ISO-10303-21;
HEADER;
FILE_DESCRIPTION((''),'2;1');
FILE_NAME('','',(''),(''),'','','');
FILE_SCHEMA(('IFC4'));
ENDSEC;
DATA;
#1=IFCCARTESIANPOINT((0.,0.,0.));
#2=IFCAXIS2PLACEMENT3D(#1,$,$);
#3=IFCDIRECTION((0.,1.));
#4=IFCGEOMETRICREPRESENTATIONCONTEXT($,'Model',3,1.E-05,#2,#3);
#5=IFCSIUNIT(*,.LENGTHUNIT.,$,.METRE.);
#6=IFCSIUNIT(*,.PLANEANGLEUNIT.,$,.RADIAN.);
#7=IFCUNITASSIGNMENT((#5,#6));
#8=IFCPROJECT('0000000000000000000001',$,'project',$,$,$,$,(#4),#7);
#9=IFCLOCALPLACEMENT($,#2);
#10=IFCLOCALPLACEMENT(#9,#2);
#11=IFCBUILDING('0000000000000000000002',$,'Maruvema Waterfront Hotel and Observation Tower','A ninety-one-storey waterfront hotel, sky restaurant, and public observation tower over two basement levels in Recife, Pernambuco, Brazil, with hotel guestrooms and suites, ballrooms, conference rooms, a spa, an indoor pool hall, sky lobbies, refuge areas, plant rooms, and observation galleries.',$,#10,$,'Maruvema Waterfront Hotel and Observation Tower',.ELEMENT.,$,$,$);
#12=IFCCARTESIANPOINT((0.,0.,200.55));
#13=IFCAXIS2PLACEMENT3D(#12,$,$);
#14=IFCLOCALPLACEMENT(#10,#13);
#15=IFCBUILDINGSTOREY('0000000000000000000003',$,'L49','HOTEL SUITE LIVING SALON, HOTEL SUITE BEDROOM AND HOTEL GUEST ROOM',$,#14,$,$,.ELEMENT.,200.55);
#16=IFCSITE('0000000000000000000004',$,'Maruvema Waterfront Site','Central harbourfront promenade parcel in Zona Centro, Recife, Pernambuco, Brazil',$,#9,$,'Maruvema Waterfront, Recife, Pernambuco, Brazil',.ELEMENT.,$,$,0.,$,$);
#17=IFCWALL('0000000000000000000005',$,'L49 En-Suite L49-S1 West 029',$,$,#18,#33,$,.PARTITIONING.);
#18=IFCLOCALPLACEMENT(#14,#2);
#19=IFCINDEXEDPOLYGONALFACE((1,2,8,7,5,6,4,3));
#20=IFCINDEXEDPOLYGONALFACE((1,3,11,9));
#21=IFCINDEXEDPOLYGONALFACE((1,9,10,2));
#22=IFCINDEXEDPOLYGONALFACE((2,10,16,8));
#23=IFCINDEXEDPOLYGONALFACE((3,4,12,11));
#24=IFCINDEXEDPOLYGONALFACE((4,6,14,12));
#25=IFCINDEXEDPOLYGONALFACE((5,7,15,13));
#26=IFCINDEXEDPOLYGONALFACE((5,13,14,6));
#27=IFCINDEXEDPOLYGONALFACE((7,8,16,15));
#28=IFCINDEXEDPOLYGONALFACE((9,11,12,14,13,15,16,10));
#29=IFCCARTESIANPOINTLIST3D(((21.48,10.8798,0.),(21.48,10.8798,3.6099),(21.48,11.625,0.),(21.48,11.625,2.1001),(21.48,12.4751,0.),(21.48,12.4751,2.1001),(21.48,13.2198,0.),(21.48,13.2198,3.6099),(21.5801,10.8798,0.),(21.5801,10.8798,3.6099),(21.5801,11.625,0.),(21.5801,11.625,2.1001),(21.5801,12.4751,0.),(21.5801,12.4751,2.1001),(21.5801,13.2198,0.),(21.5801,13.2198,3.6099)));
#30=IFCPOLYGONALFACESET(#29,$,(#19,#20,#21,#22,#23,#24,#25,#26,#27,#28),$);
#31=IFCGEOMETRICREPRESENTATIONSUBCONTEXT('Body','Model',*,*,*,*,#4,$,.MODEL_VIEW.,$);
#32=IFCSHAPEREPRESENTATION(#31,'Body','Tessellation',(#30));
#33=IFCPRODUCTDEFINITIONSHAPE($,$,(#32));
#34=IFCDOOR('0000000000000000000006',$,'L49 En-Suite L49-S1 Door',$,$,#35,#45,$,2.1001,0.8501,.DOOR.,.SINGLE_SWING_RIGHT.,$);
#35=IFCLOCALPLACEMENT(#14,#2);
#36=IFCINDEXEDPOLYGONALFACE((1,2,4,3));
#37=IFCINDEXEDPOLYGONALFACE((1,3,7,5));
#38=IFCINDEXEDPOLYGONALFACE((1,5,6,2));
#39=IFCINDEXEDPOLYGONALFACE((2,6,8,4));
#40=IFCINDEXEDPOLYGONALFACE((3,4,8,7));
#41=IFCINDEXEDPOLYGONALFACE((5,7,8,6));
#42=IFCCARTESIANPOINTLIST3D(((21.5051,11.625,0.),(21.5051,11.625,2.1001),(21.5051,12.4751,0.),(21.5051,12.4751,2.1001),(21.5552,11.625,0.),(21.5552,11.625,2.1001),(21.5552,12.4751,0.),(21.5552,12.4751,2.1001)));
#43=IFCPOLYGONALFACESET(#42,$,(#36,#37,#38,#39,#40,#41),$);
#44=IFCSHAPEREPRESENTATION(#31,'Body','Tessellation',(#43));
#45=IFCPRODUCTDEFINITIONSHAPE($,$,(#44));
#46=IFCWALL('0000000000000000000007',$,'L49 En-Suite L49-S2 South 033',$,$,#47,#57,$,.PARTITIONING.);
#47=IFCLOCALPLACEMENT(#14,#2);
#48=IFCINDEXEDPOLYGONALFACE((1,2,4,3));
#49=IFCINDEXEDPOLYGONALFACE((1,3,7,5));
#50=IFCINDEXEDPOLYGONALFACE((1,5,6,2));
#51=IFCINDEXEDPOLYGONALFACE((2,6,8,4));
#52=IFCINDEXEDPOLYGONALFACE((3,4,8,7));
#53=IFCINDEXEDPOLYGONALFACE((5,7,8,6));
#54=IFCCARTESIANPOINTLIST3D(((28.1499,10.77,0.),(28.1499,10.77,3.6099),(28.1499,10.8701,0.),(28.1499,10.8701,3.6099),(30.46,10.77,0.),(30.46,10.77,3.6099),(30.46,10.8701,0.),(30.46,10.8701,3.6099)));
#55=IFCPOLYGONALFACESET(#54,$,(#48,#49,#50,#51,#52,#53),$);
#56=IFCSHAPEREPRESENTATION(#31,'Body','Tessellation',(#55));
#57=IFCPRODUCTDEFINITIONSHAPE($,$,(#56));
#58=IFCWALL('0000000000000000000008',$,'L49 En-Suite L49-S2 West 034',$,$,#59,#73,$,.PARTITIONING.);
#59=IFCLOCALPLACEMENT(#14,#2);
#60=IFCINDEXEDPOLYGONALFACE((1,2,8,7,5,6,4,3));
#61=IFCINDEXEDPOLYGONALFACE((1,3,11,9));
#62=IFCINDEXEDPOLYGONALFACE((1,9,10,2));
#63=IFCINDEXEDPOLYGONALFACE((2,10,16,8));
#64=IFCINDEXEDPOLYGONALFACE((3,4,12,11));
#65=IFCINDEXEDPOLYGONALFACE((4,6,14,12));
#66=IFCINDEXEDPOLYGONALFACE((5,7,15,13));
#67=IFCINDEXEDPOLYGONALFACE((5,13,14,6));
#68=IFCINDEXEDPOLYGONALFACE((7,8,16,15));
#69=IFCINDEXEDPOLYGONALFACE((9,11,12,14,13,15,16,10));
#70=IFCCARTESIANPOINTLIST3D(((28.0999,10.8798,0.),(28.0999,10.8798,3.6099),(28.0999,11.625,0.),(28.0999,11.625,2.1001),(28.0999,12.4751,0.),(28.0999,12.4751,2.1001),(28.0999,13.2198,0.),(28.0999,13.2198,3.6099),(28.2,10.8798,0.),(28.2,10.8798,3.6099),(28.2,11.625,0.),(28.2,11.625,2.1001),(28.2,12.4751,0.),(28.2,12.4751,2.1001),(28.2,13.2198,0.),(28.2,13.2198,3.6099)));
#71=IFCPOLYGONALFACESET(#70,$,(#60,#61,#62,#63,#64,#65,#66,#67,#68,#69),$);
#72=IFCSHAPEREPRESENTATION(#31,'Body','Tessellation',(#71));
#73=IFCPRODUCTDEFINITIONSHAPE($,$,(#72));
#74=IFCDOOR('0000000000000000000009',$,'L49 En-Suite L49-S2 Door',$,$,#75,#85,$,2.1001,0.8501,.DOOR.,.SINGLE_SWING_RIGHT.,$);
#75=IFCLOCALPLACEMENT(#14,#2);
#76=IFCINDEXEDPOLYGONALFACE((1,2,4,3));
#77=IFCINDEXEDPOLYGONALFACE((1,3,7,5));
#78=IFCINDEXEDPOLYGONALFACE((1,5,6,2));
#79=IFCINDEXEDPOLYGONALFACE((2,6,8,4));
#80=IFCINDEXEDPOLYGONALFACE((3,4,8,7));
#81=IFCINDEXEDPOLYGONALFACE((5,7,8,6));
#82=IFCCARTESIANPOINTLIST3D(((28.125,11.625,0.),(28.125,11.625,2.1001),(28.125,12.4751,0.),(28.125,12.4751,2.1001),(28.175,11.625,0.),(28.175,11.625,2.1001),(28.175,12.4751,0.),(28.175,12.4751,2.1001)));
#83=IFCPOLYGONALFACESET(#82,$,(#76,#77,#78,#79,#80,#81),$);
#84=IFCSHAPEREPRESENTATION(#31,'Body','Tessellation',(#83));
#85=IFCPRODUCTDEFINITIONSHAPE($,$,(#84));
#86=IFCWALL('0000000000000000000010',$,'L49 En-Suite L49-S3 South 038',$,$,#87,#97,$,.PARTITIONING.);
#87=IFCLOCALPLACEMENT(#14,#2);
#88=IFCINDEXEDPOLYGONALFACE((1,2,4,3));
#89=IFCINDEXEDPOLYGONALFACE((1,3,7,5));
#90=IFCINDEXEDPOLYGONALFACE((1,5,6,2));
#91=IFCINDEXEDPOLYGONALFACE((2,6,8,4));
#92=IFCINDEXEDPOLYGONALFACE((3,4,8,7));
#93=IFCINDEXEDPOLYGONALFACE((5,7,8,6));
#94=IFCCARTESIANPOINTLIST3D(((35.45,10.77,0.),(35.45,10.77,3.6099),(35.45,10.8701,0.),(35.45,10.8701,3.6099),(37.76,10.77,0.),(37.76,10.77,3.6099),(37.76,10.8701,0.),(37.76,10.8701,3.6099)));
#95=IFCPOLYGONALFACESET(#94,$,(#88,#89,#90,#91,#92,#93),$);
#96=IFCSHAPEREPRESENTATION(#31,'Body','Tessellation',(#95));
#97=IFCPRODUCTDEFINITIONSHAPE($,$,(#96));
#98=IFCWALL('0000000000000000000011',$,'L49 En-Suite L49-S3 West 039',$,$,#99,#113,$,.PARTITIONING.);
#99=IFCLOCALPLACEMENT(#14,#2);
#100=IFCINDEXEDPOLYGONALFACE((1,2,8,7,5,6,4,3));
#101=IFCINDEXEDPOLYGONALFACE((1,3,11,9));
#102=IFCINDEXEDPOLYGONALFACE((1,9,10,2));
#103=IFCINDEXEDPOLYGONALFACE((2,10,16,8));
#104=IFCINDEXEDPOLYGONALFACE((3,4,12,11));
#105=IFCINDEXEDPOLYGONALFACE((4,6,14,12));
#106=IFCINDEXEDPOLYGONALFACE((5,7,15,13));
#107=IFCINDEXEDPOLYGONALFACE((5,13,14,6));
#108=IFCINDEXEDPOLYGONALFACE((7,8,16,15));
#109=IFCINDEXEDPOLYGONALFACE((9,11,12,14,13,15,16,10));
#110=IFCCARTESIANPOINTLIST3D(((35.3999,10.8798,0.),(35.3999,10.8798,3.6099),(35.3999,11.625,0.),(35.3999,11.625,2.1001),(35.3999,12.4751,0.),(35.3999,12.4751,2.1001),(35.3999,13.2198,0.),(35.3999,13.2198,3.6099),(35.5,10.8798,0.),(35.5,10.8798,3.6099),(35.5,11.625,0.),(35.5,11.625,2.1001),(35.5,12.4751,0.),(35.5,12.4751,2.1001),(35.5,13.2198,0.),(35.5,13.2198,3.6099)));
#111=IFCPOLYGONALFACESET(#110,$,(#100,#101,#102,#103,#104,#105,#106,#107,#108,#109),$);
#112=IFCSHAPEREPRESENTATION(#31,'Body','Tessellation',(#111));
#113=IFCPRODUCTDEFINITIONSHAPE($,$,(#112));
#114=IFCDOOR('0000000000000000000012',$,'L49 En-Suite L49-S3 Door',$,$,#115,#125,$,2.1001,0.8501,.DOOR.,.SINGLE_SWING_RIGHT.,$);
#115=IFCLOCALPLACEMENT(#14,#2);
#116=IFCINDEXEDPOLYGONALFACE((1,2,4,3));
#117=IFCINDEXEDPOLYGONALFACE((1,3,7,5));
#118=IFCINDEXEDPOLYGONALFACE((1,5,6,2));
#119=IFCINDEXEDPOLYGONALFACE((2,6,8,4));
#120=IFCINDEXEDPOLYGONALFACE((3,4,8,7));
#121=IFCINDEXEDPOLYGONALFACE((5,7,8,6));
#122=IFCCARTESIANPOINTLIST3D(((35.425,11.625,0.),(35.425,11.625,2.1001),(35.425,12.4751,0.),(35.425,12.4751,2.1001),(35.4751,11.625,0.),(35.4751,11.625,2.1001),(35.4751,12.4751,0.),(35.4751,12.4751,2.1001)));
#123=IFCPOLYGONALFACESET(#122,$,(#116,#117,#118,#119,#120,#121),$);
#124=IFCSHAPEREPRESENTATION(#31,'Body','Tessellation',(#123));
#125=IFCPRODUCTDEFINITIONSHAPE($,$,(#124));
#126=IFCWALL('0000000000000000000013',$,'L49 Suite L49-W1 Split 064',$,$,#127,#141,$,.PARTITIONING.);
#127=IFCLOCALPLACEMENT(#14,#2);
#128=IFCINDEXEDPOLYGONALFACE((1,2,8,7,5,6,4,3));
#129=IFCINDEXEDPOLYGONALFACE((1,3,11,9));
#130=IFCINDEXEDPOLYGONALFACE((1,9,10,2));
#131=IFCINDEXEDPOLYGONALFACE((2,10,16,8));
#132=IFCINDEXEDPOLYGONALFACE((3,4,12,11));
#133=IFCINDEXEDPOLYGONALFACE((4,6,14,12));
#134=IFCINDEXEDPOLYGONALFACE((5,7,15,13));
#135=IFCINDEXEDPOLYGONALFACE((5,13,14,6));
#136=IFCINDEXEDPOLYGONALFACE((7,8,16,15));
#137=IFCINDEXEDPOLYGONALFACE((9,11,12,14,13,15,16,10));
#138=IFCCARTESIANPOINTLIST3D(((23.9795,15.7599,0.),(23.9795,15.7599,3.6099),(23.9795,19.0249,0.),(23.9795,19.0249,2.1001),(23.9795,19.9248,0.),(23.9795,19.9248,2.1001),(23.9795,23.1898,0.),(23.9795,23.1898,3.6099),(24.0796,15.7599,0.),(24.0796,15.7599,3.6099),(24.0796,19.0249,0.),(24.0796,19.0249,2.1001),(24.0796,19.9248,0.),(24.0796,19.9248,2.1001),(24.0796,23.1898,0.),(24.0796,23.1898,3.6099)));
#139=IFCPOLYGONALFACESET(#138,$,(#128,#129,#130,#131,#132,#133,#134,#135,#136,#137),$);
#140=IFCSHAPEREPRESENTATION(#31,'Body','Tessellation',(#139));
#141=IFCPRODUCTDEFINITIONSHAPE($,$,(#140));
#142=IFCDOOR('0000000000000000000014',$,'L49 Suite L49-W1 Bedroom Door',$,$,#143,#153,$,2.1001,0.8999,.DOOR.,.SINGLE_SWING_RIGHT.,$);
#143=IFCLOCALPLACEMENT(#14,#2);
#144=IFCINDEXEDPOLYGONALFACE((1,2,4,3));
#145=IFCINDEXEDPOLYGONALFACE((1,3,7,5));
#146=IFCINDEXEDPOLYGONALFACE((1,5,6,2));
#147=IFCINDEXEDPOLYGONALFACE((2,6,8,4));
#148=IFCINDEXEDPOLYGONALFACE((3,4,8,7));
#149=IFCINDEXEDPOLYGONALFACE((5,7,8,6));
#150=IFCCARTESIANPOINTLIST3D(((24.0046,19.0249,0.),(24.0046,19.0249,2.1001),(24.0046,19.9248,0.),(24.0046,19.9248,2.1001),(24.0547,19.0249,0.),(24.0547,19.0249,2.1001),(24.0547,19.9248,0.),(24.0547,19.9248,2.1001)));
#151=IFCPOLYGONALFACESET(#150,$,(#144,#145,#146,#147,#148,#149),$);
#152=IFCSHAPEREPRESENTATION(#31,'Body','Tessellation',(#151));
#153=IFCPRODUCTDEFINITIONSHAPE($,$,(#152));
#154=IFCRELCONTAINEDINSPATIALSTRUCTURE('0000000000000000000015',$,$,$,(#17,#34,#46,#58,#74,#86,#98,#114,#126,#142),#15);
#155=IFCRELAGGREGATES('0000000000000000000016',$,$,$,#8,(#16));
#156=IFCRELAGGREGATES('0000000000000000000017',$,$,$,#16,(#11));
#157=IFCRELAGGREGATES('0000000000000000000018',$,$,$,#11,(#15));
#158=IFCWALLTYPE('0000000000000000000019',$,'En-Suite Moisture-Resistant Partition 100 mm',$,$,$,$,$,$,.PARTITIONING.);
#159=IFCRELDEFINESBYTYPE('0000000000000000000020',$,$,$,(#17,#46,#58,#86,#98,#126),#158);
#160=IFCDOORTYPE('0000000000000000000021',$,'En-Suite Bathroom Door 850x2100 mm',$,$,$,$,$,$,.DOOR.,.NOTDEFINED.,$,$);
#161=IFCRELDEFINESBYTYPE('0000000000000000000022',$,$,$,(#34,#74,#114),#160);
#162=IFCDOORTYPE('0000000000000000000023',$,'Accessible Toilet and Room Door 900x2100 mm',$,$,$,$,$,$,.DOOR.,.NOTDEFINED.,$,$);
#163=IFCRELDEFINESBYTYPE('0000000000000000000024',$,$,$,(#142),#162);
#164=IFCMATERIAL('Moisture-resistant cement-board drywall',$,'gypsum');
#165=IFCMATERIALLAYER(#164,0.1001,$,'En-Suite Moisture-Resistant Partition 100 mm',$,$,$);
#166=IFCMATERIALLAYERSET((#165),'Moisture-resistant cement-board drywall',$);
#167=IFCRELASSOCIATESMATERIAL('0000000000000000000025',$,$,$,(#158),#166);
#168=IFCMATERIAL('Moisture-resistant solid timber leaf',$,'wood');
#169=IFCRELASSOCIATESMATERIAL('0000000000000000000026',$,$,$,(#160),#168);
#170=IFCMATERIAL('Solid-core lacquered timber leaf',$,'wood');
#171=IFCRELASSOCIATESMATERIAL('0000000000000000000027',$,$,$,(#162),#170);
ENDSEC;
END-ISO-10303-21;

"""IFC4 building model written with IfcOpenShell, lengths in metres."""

from ifc_helpers import new_model, si_unit, direction, frame, frame_2d, origin, place, context, subcontext, project, spatial, rectangle, extrude, material, layer, layer_set, type_object, element, fill, save


model = new_model("IFC4")

# Units and contexts
model_context = context("Model", 3, precision=1e-05, world=origin(), true_north=direction((0.0, 1.0)))
body_context = subcontext(model_context, "Body", "Model", "MODEL_VIEW")
ifc_project = project(units=[si_unit("LENGTHUNIT", "METRE"), si_unit("PLANEANGLEUNIT", "RADIAN")], contexts=[model_context])

# Site, building, storey
site_placement = place(None, origin())
site = spatial("IfcSite", under=ifc_project, at=site_placement, Name="Maruvema Waterfront Site", Description="Central harbourfront promenade parcel in Zona Centro, Recife, Pernambuco, Brazil", LongName="Maruvema Waterfront, Recife, Pernambuco, Brazil", CompositionType="ELEMENT", RefElevation=0.0)
building_placement = place(site_placement, origin())
building = spatial("IfcBuilding", under=site, at=building_placement, Name="Maruvema Waterfront Hotel and Observation Tower", Description="A ninety-one-storey waterfront hotel, sky restaurant, and public observation tower over two basement levels in Recife, Pernambuco, Brazil, with hotel guestrooms and suites, ballrooms, conference rooms, a spa, an indoor pool hall, sky lobbies, refuge areas, plant rooms, and observation galleries.", LongName="Maruvema Waterfront Hotel and Observation Tower", CompositionType="ELEMENT")
storey_placement = place(building_placement, frame((0.0, 0.0, 200.55)))
storey = spatial("IfcBuildingStorey", under=building, at=storey_placement, Name="L49", Description="HOTEL SUITE LIVING SALON, HOTEL SUITE BEDROOM AND HOTEL GUEST ROOM", CompositionType="ELEMENT", Elevation=200.55)

# Wall, opening, door
ifc_material_1 = material(Name="Moisture-resistant cement-board drywall", Category="gypsum")
ifc_layer_1 = layer(ifc_material_1, 0.1001, Name="En-Suite Moisture-Resistant Partition 100 mm")
ifc_layer_set_1 = layer_set([ifc_layer_1], Name="Moisture-resistant cement-board drywall")
wall_type_1 = type_object("IfcWallType", Name="En-Suite Moisture-Resistant Partition 100 mm", PredefinedType="PARTITIONING", material=ifc_layer_set_1)
wall_1_placement = place(storey_placement, frame((21.53, 10.8799, 0.0), z_axis=(0.0, 0.0, 1.0), x_axis=(0.0, 1.0, 0.0)))
wall_1 = element("IfcWall", 1, at=wall_1_placement, inside=storey, type_object=wall_type_1, Name="L49 En-Suite L49-S1 West 029", PredefinedType="PARTITIONING", context=body_context, shape_type="SweptSolid", body=[
    extrude(rectangle(XDim=2.3401, YDim=0.1001, at=frame_2d((1.1699, 0.0))), origin(), (0.0, 0.0, 1.0), 3.6099),
])
opening_1_placement = place(wall_1_placement, frame((0.7451, 0.0, 0.0)))
opening_1 = element("IfcOpeningElement", 2, at=opening_1_placement, cuts=wall_1, PredefinedType="OPENING", context=body_context, shape_type="SweptSolid", body=[
    extrude(rectangle(XDim=0.8501, YDim=2.1001, at=frame_2d((0.425, 1.05))), frame((0.0, 0.0601, 0.0), z_axis=(0.0, -1.0, 0.0), x_axis=(1.0, 0.0, 0.0)), (0.0, 0.0, 1.0), 0.1201),
])
ifc_material_2 = material(Name="Moisture-resistant solid timber leaf", Category="wood")
door_type_1 = type_object("IfcDoorType", Name="En-Suite Bathroom Door 850x2100 mm", OperationType="NOTDEFINED", PredefinedType="DOOR", material=ifc_material_2)
door_1_placement = place(opening_1_placement, origin())
door_1 = element("IfcDoor", 3, at=door_1_placement, inside=storey, type_object=door_type_1, Name="L49 En-Suite L49-S1 Door", OperationType="SINGLE_SWING_RIGHT", OverallHeight=2.1001, OverallWidth=0.8501, PredefinedType="DOOR", context=body_context, shape_type="SweptSolid", body=[
    extrude(rectangle(XDim=0.8501, YDim=2.1001, at=frame_2d((0.425, 1.05))), frame((0.0, 0.0249, 0.0), z_axis=(0.0, -1.0, 0.0), x_axis=(1.0, 0.0, 0.0)), (0.0, 0.0, 1.0), 0.05),
])
fill(opening_1, door_1)

# Wall
wall_2_placement = place(storey_placement, frame((28.1499, 10.8201, 0.0), z_axis=(0.0, 0.0, 1.0), x_axis=(1.0, 0.0, 0.0)))
element("IfcWall", 4, at=wall_2_placement, inside=storey, type_object=wall_type_1, Name="L49 En-Suite L49-S2 South 033", PredefinedType="PARTITIONING", context=body_context, shape_type="SweptSolid", body=[
    extrude(rectangle(XDim=2.3101, YDim=0.1001, at=frame_2d((1.155, 0.0))), origin(), (0.0, 0.0, 1.0), 3.6099),
])

# Wall, opening, door
wall_3_placement = place(storey_placement, frame((28.1499, 10.8799, 0.0), z_axis=(0.0, 0.0, 1.0), x_axis=(0.0, 1.0, 0.0)))
wall_3 = element("IfcWall", 5, at=wall_3_placement, inside=storey, type_object=wall_type_1, Name="L49 En-Suite L49-S2 West 034", PredefinedType="PARTITIONING", context=body_context, shape_type="SweptSolid", body=[
    extrude(rectangle(XDim=2.3401, YDim=0.1001, at=frame_2d((1.1699, 0.0))), origin(), (0.0, 0.0, 1.0), 3.6099),
])
opening_2_placement = place(wall_3_placement, frame((0.7451, 0.0, 0.0)))
opening_2 = element("IfcOpeningElement", 6, at=opening_2_placement, cuts=wall_3, PredefinedType="OPENING", context=body_context, shape_type="SweptSolid", body=[
    extrude(rectangle(XDim=0.8501, YDim=2.1001, at=frame_2d((0.425, 1.05))), frame((0.0, 0.0601, 0.0), z_axis=(0.0, -1.0, 0.0), x_axis=(1.0, 0.0, 0.0)), (0.0, 0.0, 1.0), 0.1201),
])
door_2_placement = place(opening_2_placement, origin())
door_2 = element("IfcDoor", 7, at=door_2_placement, inside=storey, type_object=door_type_1, Name="L49 En-Suite L49-S2 Door", OperationType="SINGLE_SWING_RIGHT", OverallHeight=2.1001, OverallWidth=0.8501, PredefinedType="DOOR", context=body_context, shape_type="SweptSolid", body=[
    extrude(rectangle(XDim=0.8501, YDim=2.1001, at=frame_2d((0.425, 1.05))), frame((0.0, 0.0249, 0.0), z_axis=(0.0, -1.0, 0.0), x_axis=(1.0, 0.0, 0.0)), (0.0, 0.0, 1.0), 0.05),
])
fill(opening_2, door_2)

# Wall
wall_4_placement = place(storey_placement, frame((35.45, 10.8201, 0.0), z_axis=(0.0, 0.0, 1.0), x_axis=(1.0, 0.0, 0.0)))
element("IfcWall", 8, at=wall_4_placement, inside=storey, type_object=wall_type_1, Name="L49 En-Suite L49-S3 South 038", PredefinedType="PARTITIONING", context=body_context, shape_type="SweptSolid", body=[
    extrude(rectangle(XDim=2.3101, YDim=0.1001, at=frame_2d((1.155, 0.0))), origin(), (0.0, 0.0, 1.0), 3.6099),
])

# Walls, openings, doors
wall_5_placement = place(storey_placement, frame((35.45, 10.8799, 0.0), z_axis=(0.0, 0.0, 1.0), x_axis=(0.0, 1.0, 0.0)))
wall_5 = element("IfcWall", 9, at=wall_5_placement, inside=storey, type_object=wall_type_1, Name="L49 En-Suite L49-S3 West 039", PredefinedType="PARTITIONING", context=body_context, shape_type="SweptSolid", body=[
    extrude(rectangle(XDim=2.3401, YDim=0.1001, at=frame_2d((1.1699, 0.0))), origin(), (0.0, 0.0, 1.0), 3.6099),
])
opening_3_placement = place(wall_5_placement, frame((0.7451, 0.0, 0.0)))
opening_3 = element("IfcOpeningElement", 10, at=opening_3_placement, cuts=wall_5, PredefinedType="OPENING", context=body_context, shape_type="SweptSolid", body=[
    extrude(rectangle(XDim=0.8501, YDim=2.1001, at=frame_2d((0.425, 1.05))), frame((0.0, 0.0601, 0.0), z_axis=(0.0, -1.0, 0.0), x_axis=(1.0, 0.0, 0.0)), (0.0, 0.0, 1.0), 0.1201),
])
door_3_placement = place(opening_3_placement, origin())
door_3 = element("IfcDoor", 11, at=door_3_placement, inside=storey, type_object=door_type_1, Name="L49 En-Suite L49-S3 Door", OperationType="SINGLE_SWING_RIGHT", OverallHeight=2.1001, OverallWidth=0.8501, PredefinedType="DOOR", context=body_context, shape_type="SweptSolid", body=[
    extrude(rectangle(XDim=0.8501, YDim=2.1001, at=frame_2d((0.425, 1.05))), frame((0.0, 0.0249, 0.0), z_axis=(0.0, -1.0, 0.0), x_axis=(1.0, 0.0, 0.0)), (0.0, 0.0, 1.0), 0.05),
])
fill(opening_3, door_3)
wall_6_placement = place(storey_placement, frame((24.0295, 15.76, 0.0), z_axis=(0.0, 0.0, 1.0), x_axis=(0.0, 1.0, 0.0)))
wall_6 = element("IfcWall", 12, at=wall_6_placement, inside=storey, type_object=wall_type_1, Name="L49 Suite L49-W1 Split 064", PredefinedType="PARTITIONING", context=body_context, shape_type="SweptSolid", body=[
    extrude(rectangle(XDim=7.4299, YDim=0.1001, at=frame_2d((3.7148, 0.0))), origin(), (0.0, 0.0, 1.0), 3.6099),
])
opening_4_placement = place(wall_6_placement, frame((3.2649, 0.0, 0.0)))
opening_4 = element("IfcOpeningElement", 13, at=opening_4_placement, cuts=wall_6, PredefinedType="OPENING", context=body_context, shape_type="SweptSolid", body=[
    extrude(rectangle(XDim=0.8999, YDim=2.1001, at=frame_2d((0.45, 1.05))), frame((0.0, 0.0601, 0.0), z_axis=(0.0, -1.0, 0.0), x_axis=(1.0, 0.0, 0.0)), (0.0, 0.0, 1.0), 0.1201),
])
ifc_material_3 = material(Name="Solid-core lacquered timber leaf", Category="wood")
door_type_2 = type_object("IfcDoorType", Name="Accessible Toilet and Room Door 900x2100 mm", OperationType="NOTDEFINED", PredefinedType="DOOR", material=ifc_material_3)
door_4_placement = place(opening_4_placement, origin())
door_4 = element("IfcDoor", 14, at=door_4_placement, inside=storey, type_object=door_type_2, Name="L49 Suite L49-W1 Bedroom Door", OperationType="SINGLE_SWING_RIGHT", OverallHeight=2.1001, OverallWidth=0.8999, PredefinedType="DOOR", context=body_context, shape_type="SweptSolid", body=[
    extrude(rectangle(XDim=0.8999, YDim=2.1001, at=frame_2d((0.45, 1.05))), frame((0.0, 0.0249, 0.0), z_axis=(0.0, -1.0, 0.0), x_axis=(1.0, 0.0, 0.0)), (0.0, 0.0, 1.0), 0.05),
])
fill(opening_4, door_4)

save(model, "model.ifc")
